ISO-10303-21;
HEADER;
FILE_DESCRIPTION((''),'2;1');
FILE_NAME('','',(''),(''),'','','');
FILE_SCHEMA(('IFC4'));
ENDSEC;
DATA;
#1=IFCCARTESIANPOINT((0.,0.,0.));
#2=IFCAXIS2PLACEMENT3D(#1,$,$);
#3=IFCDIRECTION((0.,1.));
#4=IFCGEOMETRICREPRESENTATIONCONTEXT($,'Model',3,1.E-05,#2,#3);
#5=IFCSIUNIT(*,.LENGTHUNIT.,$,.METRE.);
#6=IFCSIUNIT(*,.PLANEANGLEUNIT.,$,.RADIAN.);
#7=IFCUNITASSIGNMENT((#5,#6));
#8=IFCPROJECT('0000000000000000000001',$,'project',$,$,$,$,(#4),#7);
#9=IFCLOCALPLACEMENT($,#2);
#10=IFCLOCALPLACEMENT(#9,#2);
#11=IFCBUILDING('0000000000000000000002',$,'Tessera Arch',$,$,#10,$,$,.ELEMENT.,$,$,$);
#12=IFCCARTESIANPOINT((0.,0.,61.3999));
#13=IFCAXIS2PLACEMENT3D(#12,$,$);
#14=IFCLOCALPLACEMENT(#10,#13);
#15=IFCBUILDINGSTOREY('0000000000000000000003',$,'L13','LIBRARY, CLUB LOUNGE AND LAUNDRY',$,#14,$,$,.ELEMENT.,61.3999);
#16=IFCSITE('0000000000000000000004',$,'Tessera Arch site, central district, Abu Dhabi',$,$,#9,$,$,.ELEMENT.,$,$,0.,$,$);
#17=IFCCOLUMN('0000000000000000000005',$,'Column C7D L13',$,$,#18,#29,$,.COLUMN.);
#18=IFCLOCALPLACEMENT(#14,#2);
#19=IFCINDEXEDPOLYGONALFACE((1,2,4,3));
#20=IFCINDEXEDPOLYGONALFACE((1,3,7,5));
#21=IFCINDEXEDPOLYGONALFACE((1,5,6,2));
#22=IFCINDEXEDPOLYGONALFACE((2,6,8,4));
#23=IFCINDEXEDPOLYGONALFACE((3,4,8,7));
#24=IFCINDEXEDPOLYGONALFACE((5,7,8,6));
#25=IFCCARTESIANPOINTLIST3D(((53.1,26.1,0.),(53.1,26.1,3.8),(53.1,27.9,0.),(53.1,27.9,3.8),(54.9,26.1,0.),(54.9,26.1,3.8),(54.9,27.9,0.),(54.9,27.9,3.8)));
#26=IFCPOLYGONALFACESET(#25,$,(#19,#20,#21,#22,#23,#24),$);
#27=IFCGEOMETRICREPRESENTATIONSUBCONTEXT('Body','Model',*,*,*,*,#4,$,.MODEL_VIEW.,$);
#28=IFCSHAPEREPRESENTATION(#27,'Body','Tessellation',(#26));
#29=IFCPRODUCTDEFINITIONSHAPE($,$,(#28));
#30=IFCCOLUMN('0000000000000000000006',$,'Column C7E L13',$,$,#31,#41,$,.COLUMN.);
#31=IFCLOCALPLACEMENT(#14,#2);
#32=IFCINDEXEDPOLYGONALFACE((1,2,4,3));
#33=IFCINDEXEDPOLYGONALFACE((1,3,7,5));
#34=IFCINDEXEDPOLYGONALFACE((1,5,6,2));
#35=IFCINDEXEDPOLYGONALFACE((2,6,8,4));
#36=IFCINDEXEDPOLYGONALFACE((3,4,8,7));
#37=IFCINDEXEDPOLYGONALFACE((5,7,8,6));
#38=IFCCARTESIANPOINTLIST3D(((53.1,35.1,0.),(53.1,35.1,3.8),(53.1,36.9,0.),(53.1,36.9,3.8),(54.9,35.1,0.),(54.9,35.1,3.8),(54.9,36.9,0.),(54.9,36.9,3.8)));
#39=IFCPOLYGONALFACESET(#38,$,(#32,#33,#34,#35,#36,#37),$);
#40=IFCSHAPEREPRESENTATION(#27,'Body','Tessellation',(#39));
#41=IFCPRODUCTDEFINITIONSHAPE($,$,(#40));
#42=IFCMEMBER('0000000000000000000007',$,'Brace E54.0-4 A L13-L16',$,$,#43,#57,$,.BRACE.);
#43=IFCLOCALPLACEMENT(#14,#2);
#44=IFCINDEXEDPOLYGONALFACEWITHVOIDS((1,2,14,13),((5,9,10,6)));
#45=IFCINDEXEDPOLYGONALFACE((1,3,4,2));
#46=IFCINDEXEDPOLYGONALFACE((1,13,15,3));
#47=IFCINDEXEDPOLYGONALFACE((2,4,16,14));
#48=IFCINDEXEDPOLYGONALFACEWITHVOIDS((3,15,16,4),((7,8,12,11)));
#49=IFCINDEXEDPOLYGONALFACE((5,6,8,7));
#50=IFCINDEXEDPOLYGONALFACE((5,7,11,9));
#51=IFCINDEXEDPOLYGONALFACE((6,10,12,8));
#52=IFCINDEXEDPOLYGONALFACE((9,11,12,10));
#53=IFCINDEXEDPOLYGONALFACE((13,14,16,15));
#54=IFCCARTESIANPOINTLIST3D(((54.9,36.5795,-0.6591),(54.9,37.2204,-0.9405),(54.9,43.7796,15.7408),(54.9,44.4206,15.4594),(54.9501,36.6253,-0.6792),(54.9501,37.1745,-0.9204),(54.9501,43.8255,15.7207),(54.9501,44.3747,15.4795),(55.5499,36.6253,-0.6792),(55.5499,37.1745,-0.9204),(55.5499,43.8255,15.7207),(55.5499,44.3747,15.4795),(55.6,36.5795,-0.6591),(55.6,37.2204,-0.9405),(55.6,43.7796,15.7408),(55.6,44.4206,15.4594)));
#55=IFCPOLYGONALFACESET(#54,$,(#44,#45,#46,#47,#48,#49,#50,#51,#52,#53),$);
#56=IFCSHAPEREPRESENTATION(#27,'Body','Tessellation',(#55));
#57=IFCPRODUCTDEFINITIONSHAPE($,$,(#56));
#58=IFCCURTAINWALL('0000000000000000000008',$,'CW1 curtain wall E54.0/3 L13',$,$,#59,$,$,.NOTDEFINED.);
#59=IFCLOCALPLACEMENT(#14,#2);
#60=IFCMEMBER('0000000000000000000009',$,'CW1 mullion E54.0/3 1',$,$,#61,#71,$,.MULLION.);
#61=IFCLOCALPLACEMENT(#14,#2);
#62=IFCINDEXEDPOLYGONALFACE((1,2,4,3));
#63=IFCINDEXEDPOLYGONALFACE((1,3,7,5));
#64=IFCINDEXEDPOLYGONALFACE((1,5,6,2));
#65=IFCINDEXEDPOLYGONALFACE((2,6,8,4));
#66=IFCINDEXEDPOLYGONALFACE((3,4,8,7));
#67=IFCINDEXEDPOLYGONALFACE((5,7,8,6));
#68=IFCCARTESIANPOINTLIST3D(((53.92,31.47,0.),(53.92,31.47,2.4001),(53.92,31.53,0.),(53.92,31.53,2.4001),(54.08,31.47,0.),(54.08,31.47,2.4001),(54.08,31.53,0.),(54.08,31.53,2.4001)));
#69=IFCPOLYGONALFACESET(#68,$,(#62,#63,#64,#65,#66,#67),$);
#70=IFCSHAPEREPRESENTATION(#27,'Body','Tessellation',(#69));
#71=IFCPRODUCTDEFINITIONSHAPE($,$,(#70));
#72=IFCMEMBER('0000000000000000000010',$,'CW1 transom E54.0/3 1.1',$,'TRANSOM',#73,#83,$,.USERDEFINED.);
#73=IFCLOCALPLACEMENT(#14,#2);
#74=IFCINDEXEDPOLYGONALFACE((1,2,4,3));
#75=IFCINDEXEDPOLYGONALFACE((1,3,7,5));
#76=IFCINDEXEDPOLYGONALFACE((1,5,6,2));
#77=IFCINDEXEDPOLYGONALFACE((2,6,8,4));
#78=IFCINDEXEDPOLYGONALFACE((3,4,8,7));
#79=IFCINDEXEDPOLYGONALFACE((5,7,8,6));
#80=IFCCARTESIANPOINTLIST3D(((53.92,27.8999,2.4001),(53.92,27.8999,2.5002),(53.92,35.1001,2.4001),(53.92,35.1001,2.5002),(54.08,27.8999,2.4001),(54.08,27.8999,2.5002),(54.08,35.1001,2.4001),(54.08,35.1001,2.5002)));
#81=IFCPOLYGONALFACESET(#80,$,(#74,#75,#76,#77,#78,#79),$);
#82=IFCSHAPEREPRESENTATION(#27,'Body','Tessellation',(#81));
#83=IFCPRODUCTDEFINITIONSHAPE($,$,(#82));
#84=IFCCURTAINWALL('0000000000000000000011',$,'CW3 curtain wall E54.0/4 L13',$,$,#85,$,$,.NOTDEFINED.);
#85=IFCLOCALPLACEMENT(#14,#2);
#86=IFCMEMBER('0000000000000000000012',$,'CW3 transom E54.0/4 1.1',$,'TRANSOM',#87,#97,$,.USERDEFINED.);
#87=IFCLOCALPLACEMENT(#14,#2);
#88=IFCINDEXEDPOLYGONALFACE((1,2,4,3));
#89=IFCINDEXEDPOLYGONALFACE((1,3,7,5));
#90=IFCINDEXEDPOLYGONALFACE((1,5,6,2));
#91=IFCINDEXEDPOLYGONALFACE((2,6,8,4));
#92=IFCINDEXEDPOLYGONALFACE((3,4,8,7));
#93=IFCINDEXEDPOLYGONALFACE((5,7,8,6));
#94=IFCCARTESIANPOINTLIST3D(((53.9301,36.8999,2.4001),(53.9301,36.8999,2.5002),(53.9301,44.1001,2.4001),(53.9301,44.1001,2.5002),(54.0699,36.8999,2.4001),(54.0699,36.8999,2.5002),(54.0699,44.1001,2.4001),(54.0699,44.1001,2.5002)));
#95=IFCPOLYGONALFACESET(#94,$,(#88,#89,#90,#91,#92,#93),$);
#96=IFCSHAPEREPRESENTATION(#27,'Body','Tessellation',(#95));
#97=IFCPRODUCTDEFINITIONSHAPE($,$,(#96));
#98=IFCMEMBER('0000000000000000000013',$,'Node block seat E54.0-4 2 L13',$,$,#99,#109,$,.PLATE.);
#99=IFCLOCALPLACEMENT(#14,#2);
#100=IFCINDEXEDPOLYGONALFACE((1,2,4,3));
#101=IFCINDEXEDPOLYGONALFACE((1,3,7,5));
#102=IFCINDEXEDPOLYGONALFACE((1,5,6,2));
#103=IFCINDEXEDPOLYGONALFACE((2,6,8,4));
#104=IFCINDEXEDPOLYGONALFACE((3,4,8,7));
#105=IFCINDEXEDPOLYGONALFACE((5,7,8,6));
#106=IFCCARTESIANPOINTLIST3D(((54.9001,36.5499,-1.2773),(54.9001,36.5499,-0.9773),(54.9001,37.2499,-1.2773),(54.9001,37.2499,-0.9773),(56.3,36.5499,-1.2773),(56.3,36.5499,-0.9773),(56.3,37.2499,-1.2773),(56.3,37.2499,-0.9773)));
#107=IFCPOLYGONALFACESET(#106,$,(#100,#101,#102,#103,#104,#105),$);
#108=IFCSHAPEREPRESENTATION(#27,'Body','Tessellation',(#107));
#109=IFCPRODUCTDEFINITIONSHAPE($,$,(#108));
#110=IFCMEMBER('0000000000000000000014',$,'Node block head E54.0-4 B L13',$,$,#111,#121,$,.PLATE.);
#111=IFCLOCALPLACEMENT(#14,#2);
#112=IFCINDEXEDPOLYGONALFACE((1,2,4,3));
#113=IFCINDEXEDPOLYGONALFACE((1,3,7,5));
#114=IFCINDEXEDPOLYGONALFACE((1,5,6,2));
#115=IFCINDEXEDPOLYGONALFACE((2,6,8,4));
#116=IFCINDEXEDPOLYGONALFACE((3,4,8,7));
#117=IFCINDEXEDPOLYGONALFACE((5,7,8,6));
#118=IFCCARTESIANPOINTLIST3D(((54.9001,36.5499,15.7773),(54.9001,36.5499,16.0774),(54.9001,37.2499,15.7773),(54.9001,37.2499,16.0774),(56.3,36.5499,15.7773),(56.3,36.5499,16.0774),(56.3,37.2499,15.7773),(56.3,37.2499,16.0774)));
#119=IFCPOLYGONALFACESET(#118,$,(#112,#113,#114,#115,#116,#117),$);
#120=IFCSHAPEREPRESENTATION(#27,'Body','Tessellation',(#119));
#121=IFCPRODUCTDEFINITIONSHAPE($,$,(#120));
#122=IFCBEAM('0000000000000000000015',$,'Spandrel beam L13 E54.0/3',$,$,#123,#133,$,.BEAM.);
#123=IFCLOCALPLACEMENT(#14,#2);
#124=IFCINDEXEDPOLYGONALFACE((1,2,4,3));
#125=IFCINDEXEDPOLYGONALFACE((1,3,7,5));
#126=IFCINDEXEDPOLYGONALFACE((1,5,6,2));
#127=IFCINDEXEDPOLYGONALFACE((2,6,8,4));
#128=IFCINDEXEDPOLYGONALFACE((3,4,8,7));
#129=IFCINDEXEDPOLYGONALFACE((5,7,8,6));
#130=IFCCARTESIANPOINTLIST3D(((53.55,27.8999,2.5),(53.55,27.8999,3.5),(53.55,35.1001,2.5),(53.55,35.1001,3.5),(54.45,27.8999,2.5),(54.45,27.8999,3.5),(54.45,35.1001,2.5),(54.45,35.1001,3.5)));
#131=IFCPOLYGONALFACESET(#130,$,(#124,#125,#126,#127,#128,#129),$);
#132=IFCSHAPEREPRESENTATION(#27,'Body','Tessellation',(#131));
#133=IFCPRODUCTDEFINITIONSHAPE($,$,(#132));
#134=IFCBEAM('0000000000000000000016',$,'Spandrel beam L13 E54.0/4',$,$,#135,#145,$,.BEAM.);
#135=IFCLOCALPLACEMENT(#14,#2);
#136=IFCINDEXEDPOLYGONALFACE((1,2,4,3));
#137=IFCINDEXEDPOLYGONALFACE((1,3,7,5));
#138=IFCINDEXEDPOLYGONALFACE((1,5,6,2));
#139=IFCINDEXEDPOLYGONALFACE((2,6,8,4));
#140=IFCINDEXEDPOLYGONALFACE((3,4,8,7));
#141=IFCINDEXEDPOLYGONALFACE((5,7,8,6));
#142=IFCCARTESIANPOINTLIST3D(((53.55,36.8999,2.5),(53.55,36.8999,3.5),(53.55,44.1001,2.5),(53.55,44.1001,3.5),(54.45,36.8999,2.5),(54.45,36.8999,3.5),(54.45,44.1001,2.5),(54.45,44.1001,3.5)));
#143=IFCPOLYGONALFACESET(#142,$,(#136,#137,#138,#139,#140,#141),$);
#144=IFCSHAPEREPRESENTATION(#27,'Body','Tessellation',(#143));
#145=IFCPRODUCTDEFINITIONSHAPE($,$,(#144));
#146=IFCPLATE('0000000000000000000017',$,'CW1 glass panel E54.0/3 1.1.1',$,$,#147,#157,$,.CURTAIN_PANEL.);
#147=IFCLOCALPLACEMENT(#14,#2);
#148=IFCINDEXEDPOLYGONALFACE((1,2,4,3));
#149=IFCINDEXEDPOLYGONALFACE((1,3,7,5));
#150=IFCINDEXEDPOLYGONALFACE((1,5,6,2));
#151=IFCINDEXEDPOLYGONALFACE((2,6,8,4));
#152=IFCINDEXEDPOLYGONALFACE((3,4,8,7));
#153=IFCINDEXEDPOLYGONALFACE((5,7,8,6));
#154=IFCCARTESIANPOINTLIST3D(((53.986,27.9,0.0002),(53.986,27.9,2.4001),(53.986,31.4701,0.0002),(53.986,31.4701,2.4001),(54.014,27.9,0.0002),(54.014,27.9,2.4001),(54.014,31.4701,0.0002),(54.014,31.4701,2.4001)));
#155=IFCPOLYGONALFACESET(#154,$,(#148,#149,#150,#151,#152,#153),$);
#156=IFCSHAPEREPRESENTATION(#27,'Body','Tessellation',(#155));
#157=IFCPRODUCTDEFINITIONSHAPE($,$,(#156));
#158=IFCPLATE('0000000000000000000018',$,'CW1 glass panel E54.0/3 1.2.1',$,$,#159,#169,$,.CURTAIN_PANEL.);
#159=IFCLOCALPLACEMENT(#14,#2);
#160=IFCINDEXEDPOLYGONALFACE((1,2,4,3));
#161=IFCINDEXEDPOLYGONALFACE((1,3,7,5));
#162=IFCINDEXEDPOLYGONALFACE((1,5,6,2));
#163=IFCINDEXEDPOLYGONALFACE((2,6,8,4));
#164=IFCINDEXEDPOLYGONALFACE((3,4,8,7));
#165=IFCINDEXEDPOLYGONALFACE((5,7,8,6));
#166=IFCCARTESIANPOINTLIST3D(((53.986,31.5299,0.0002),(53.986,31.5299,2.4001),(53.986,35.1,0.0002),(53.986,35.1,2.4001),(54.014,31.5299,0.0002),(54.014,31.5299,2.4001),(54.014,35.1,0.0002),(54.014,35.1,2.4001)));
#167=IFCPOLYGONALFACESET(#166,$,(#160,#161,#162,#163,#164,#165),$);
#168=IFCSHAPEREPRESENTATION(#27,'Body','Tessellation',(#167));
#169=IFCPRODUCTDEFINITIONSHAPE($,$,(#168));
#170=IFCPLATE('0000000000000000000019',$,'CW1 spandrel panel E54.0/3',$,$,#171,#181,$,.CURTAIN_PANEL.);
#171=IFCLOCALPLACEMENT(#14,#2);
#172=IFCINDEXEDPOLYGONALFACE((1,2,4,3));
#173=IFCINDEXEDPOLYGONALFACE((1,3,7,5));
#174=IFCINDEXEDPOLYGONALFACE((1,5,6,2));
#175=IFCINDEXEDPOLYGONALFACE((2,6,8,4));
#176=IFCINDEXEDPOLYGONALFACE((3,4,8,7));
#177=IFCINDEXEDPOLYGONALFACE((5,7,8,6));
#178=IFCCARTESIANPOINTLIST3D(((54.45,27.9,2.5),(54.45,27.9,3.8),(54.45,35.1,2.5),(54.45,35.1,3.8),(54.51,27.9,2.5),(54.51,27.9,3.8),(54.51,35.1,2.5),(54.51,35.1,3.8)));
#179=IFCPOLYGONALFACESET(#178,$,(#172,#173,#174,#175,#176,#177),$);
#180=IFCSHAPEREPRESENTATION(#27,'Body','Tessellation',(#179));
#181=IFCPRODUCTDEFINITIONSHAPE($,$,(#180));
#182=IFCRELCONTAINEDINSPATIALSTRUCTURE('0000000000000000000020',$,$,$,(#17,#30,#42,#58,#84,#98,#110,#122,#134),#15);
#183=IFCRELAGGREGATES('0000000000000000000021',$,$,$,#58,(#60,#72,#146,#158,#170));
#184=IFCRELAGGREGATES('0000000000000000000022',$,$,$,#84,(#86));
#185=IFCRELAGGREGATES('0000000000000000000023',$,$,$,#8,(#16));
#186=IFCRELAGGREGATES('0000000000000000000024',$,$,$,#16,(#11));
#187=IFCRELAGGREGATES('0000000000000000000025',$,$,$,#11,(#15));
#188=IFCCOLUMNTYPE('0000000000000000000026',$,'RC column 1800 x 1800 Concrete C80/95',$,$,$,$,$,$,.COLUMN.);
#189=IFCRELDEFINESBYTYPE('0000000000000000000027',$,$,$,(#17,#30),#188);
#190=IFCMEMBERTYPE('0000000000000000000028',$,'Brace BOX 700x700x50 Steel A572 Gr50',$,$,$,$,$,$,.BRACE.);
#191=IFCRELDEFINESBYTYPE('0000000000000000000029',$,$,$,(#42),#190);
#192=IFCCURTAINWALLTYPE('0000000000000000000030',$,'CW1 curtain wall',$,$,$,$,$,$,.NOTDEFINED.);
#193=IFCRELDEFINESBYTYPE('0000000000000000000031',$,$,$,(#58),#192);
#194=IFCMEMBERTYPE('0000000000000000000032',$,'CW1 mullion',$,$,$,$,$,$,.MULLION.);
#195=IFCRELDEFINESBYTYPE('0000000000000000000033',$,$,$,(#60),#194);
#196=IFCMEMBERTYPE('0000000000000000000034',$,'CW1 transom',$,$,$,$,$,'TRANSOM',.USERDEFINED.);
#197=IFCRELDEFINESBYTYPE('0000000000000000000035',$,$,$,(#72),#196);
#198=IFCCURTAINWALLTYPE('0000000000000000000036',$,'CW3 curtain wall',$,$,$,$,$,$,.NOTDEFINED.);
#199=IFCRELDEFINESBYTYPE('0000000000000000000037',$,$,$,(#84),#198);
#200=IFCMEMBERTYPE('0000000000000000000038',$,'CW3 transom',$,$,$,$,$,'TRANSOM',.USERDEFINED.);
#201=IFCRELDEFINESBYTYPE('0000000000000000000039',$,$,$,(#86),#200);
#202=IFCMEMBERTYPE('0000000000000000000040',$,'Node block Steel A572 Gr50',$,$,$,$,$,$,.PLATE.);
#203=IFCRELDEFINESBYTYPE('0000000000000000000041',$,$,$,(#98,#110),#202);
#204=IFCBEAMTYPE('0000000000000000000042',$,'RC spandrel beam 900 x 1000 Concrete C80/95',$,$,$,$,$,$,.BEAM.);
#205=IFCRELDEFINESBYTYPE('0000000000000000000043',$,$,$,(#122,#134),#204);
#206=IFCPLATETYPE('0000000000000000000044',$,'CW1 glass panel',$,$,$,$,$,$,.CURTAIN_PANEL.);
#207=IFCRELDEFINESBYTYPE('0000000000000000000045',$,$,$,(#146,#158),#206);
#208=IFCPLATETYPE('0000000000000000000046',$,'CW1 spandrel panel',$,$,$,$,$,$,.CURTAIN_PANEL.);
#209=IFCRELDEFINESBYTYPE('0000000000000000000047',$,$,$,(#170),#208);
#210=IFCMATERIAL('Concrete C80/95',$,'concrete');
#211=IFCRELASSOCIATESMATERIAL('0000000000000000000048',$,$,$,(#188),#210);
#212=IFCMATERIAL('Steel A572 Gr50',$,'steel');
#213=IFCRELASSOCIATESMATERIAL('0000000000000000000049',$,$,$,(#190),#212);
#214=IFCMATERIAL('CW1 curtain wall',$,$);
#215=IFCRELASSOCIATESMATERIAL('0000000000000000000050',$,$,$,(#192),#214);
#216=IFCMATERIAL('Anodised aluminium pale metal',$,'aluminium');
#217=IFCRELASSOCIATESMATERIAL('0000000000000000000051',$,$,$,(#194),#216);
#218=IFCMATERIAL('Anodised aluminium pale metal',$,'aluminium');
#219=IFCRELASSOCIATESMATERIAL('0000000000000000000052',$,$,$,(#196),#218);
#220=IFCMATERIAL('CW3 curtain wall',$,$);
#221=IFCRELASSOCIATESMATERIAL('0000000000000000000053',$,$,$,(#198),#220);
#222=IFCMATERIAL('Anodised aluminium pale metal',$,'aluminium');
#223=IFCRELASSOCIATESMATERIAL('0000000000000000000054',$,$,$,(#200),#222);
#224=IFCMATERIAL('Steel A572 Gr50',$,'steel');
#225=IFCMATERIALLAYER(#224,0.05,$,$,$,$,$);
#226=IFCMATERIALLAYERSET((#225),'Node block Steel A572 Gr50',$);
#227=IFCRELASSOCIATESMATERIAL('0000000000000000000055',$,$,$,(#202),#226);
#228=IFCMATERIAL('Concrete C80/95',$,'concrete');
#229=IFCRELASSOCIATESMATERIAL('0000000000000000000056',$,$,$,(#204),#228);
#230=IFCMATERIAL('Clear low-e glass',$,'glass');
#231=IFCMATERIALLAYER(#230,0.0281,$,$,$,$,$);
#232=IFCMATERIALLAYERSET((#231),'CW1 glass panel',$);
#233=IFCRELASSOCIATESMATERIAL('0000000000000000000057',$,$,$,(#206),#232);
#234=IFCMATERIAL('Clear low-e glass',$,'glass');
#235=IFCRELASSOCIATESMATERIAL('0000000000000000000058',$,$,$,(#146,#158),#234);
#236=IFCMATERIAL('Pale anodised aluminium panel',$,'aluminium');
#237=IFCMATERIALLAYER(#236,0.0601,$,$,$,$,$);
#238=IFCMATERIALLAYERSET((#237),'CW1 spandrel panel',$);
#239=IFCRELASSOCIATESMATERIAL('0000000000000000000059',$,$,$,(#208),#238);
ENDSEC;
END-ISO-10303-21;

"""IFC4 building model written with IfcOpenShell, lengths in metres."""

from ifc_helpers import new_model, si_unit, direction, frame, origin, origin_2d, place, context, subcontext, project, spatial, rectangle, hollow_rectangle, extrude, material, layer, layer_set, material_profile, profile_set, type_object, element, aggregate, save


model = new_model("IFC4")

# Units and contexts
model_context = context("Model", 3, precision=1e-05, world=origin(), true_north=direction((0.0, 1.0)))
body_context = subcontext(model_context, "Body", "Model", "MODEL_VIEW")
ifc_project = project(units=[si_unit("LENGTHUNIT", "METRE"), si_unit("PLANEANGLEUNIT", "RADIAN")], contexts=[model_context])

# Site, building, storey
site_placement = place(None, origin())
site = spatial("IfcSite", under=ifc_project, at=site_placement, Name="Tessera Arch site, central district, Abu Dhabi", CompositionType="ELEMENT", RefElevation=0.0)
building_placement = place(site_placement, origin())
building = spatial("IfcBuilding", under=site, at=building_placement, Name="Tessera Arch", CompositionType="ELEMENT")
storey_placement = place(building_placement, frame((0.0, 0.0, 61.3999)))
storey = spatial("IfcBuildingStorey", under=building, at=storey_placement, Name="L13", Description="LIBRARY, CLUB LOUNGE AND LAUNDRY", CompositionType="ELEMENT", Elevation=61.3999)

# Columns
ifc_material_1 = material(Name="Concrete C80/95", Category="concrete")
ifc_material_profile_1 = material_profile(ifc_material_1, rectangle(XDim=1.8, YDim=1.8, at=origin_2d()), Name="RC column 1800 x 1800 Concrete C80/95")
ifc_profile_set_1 = profile_set([ifc_material_profile_1], Name="Concrete C80/95")
column_type = type_object("IfcColumnType", Name="RC column 1800 x 1800 Concrete C80/95", PredefinedType="COLUMN", material=ifc_profile_set_1)
for number, where, z_axis, x_axis, name in (
    (1, (54.0, 27.0, 0.0), (0.0, 0.0, 1.0), (1.0, 0.0, 0.0), "Column C7D L13"),
    (2, (54.0, 36.0, 0.0), (0.0, 0.0, 1.0), (1.0, 0.0, 0.0), "Column C7E L13"),
):
    element("IfcColumn", number, at=place(storey_placement, frame(where, z_axis=z_axis, x_axis=x_axis)), inside=storey, type_object=column_type, Name=name, PredefinedType="COLUMN", context=body_context, shape_type="SweptSolid", body=[
        extrude(rectangle(XDim=1.8, YDim=1.8, at=origin_2d()), origin(), (0.0, 0.0, 1.0), 3.8),
    ])

# Member
ifc_material_2 = material(Name="Steel A572 Gr50", Category="steel")
ifc_material_profile_2 = material_profile(ifc_material_2, hollow_rectangle(XDim=0.7, YDim=0.7, WallThickness=0.05, at=origin_2d()), Name="BOX 700x700x50")
ifc_profile_set_2 = profile_set([ifc_material_profile_2], Name="Steel A572 Gr50")
member_type_1 = type_object("IfcMemberType", Name="Brace BOX 700x700x50 Steel A572 Gr50", PredefinedType="BRACE", material=ifc_profile_set_2)
member_1_placement = place(storey_placement, frame((55.25, 36.8999, -0.7998), z_axis=(0.0, 0.402001, 0.915639), x_axis=(-1.0, 0.0, 0.0)))
element("IfcMember", 3, at=member_1_placement, inside=storey, type_object=member_type_1, Name="Brace E54.0-4 A L13-L16", PredefinedType="BRACE", context=body_context, shape_type="SweptSolid", body=[
    extrude(hollow_rectangle(XDim=0.7, YDim=0.7, WallThickness=0.05, at=origin_2d()), origin(), (0.0, 0.0, 1.0), 17.9109),
])

# Curtain wall, members
ifc_material_3 = material(Name="CW1 curtain wall")
curtain_wall_type_1 = type_object("IfcCurtainWallType", Name="CW1 curtain wall", PredefinedType="NOTDEFINED", material=ifc_material_3)
curtain_wall_1_placement = place(storey_placement, origin())
curtain_wall_1 = element("IfcCurtainWall", 4, at=curtain_wall_1_placement, inside=storey, type_object=curtain_wall_type_1, Name="CW1 curtain wall E54.0/3 L13", PredefinedType="NOTDEFINED")
ifc_material_4 = material(Name="Anodised aluminium pale metal", Category="aluminium")
ifc_material_profile_3 = material_profile(ifc_material_4, rectangle(XDim=0.1599, YDim=0.0601, at=origin_2d()), Name="AL 60x160")
ifc_profile_set_3 = profile_set([ifc_material_profile_3], Name="Anodised aluminium pale metal")
member_type_2 = type_object("IfcMemberType", Name="CW1 mullion", PredefinedType="MULLION", material=ifc_profile_set_3)
member_2_placement = place(storey_placement, frame((54.0, 31.5, 0.0), z_axis=(0.0, 0.0, 1.0), x_axis=(-1.0, 0.0, 0.0)))
member_2 = element("IfcMember", 5, at=member_2_placement, type_object=member_type_2, Name="CW1 mullion E54.0/3 1", PredefinedType="MULLION", context=body_context, shape_type="SweptSolid", body=[
    extrude(rectangle(XDim=0.1599, YDim=0.0601, at=origin_2d()), origin(), (0.0, 0.0, 1.0), 2.4001),
])
ifc_material_5 = material(Name="Anodised aluminium pale metal", Category="aluminium")
ifc_material_profile_4 = material_profile(ifc_material_5, rectangle(XDim=0.1599, YDim=0.1001, at=origin_2d()), Name="AL 160x100")
ifc_profile_set_4 = profile_set([ifc_material_profile_4], Name="Anodised aluminium pale metal")
member_type_3 = type_object("IfcMemberType", Name="CW1 transom", ElementType="TRANSOM", PredefinedType="USERDEFINED", material=ifc_profile_set_4)
member_3_placement = place(storey_placement, frame((54.0, 27.8999, 2.4502), z_axis=(0.0, 1.0, 0.0), x_axis=(-1.0, 0.0, 0.0)))
member_3 = element("IfcMember", 6, at=member_3_placement, type_object=member_type_3, Name="CW1 transom E54.0/3 1.1", ObjectType="TRANSOM", PredefinedType="USERDEFINED", context=body_context, shape_type="SweptSolid", body=[
    extrude(rectangle(XDim=0.1599, YDim=0.1001, at=origin_2d()), origin(), (0.0, 0.0, 1.0), 7.2002),
])

# Curtain wall, member
ifc_material_6 = material(Name="CW3 curtain wall")
curtain_wall_type_2 = type_object("IfcCurtainWallType", Name="CW3 curtain wall", PredefinedType="NOTDEFINED", material=ifc_material_6)
curtain_wall_2_placement = place(storey_placement, origin())
curtain_wall_2 = element("IfcCurtainWall", 7, at=curtain_wall_2_placement, inside=storey, type_object=curtain_wall_type_2, Name="CW3 curtain wall E54.0/4 L13", PredefinedType="NOTDEFINED")
ifc_material_7 = material(Name="Anodised aluminium pale metal", Category="aluminium")
ifc_material_profile_5 = material_profile(ifc_material_7, rectangle(XDim=0.1399, YDim=0.1001, at=origin_2d()), Name="AL 140x100")
ifc_profile_set_5 = profile_set([ifc_material_profile_5], Name="Anodised aluminium pale metal")
member_type_4 = type_object("IfcMemberType", Name="CW3 transom", ElementType="TRANSOM", PredefinedType="USERDEFINED", material=ifc_profile_set_5)
member_4_placement = place(storey_placement, frame((54.0, 36.8999, 2.4502), z_axis=(0.0, 1.0, 0.0), x_axis=(-1.0, 0.0, 0.0)))
member_4 = element("IfcMember", 8, at=member_4_placement, type_object=member_type_4, Name="CW3 transom E54.0/4 1.1", ObjectType="TRANSOM", PredefinedType="USERDEFINED", context=body_context, shape_type="SweptSolid", body=[
    extrude(rectangle(XDim=0.1399, YDim=0.1001, at=origin_2d()), origin(), (0.0, 0.0, 1.0), 7.2002),
])

# Members
ifc_material_8 = material(Name="Steel A572 Gr50", Category="steel")
ifc_layer_1 = layer(ifc_material_8, 0.05)
ifc_layer_set_1 = layer_set([ifc_layer_1], Name="Node block Steel A572 Gr50")
member_type_5 = type_object("IfcMemberType", Name="Node block Steel A572 Gr50", PredefinedType="PLATE", material=ifc_layer_set_1)
for number, where, z_axis, x_axis, name in (
    (9, (55.6001, 36.8999, -1.2773), (0.0, 0.0, 1.0), (0.0, 1.0, 0.0), "Node block seat E54.0-4 2 L13"),
    (10, (55.6001, 36.8999, 15.7773), (0.0, 0.0, 1.0), (0.0, 1.0, 0.0), "Node block head E54.0-4 B L13"),
):
    element("IfcMember", number, at=place(storey_placement, frame(where, z_axis=z_axis, x_axis=x_axis)), inside=storey, type_object=member_type_5, Name=name, PredefinedType="PLATE", context=body_context, shape_type="SweptSolid", body=[
        extrude(rectangle(XDim=0.7, YDim=1.3999, at=origin_2d()), origin(), (0.0, 0.0, 1.0), 0.3),
    ])

# Beams
ifc_material_9 = material(Name="Concrete C80/95", Category="concrete")
ifc_material_profile_6 = material_profile(ifc_material_9, rectangle(XDim=0.8999, YDim=1.0, at=origin_2d()), Name="RC spandrel beam 900 x 1000 Concrete C80/95")
ifc_profile_set_6 = profile_set([ifc_material_profile_6], Name="Concrete C80/95")
beam_type = type_object("IfcBeamType", Name="RC spandrel beam 900 x 1000 Concrete C80/95", PredefinedType="BEAM", material=ifc_profile_set_6)
for number, where, z_axis, x_axis, name in (
    (11, (54.0, 27.8999, 3.0), (0.0, 1.0, 0.0), (-1.0, 0.0, 0.0), "Spandrel beam L13 E54.0/3"),
    (12, (54.0, 36.8999, 3.0), (0.0, 1.0, 0.0), (-1.0, 0.0, 0.0), "Spandrel beam L13 E54.0/4"),
):
    element("IfcBeam", number, at=place(storey_placement, frame(where, z_axis=z_axis, x_axis=x_axis)), inside=storey, type_object=beam_type, Name=name, PredefinedType="BEAM", context=body_context, shape_type="SweptSolid", body=[
        extrude(rectangle(XDim=0.8999, YDim=1.0, at=origin_2d()), origin(), (0.0, 0.0, 1.0), 7.2002),
    ])

# Plates
ifc_material_10 = material(Name="Clear low-e glass", Category="glass")
ifc_material_11 = material(Name="Clear low-e glass", Category="glass")
ifc_layer_2 = layer(ifc_material_11, 0.0281)
ifc_layer_set_2 = layer_set([ifc_layer_2], Name="CW1 glass panel")
plate_type_1 = type_object("IfcPlateType", Name="CW1 glass panel", PredefinedType="CURTAIN_PANEL", material=ifc_layer_set_2)
plate_1_placement = place(storey_placement, frame((54.0, 29.6851, 0.0002), z_axis=(0.0, 0.0, 1.0), x_axis=(0.0, 1.0, 0.0)))
plate_1 = element("IfcPlate", 13, at=plate_1_placement, type_object=plate_type_1, material=ifc_material_10, Name="CW1 glass panel E54.0/3 1.1.1", PredefinedType="CURTAIN_PANEL", context=body_context, shape_type="SweptSolid", body=[
    extrude(rectangle(XDim=3.5701, YDim=0.0281, at=origin_2d()), origin(), (0.0, 0.0, 1.0), 2.3999),
])
plate_2_placement = place(storey_placement, frame((54.0, 33.3149, 0.0002), z_axis=(0.0, 0.0, 1.0), x_axis=(0.0, 1.0, 0.0)))
plate_2 = element("IfcPlate", 14, at=plate_2_placement, type_object=plate_type_1, material=ifc_material_10, Name="CW1 glass panel E54.0/3 1.2.1", PredefinedType="CURTAIN_PANEL", context=body_context, shape_type="SweptSolid", body=[
    extrude(rectangle(XDim=3.5701, YDim=0.0281, at=origin_2d()), origin(), (0.0, 0.0, 1.0), 2.3999),
])
ifc_material_12 = material(Name="Pale anodised aluminium panel", Category="aluminium")
ifc_layer_3 = layer(ifc_material_12, 0.0601)
ifc_layer_set_3 = layer_set([ifc_layer_3], Name="CW1 spandrel panel")
plate_type_2 = type_object("IfcPlateType", Name="CW1 spandrel panel", PredefinedType="CURTAIN_PANEL", material=ifc_layer_set_3)
plate_3_placement = place(storey_placement, frame((54.48, 31.5, 2.5), z_axis=(0.0, 0.0, 1.0), x_axis=(0.0, 1.0, 0.0)))
plate_3 = element("IfcPlate", 15, at=plate_3_placement, type_object=plate_type_2, Name="CW1 spandrel panel E54.0/3", PredefinedType="CURTAIN_PANEL", context=body_context, shape_type="SweptSolid", body=[
    extrude(rectangle(XDim=7.2, YDim=0.0601, at=origin_2d()), origin(), (0.0, 0.0, 1.0), 1.3),
])
aggregate(curtain_wall_1, [member_2, member_3, plate_1, plate_2, plate_3])
aggregate(curtain_wall_2, [member_4])

save(model, "model.ifc")
